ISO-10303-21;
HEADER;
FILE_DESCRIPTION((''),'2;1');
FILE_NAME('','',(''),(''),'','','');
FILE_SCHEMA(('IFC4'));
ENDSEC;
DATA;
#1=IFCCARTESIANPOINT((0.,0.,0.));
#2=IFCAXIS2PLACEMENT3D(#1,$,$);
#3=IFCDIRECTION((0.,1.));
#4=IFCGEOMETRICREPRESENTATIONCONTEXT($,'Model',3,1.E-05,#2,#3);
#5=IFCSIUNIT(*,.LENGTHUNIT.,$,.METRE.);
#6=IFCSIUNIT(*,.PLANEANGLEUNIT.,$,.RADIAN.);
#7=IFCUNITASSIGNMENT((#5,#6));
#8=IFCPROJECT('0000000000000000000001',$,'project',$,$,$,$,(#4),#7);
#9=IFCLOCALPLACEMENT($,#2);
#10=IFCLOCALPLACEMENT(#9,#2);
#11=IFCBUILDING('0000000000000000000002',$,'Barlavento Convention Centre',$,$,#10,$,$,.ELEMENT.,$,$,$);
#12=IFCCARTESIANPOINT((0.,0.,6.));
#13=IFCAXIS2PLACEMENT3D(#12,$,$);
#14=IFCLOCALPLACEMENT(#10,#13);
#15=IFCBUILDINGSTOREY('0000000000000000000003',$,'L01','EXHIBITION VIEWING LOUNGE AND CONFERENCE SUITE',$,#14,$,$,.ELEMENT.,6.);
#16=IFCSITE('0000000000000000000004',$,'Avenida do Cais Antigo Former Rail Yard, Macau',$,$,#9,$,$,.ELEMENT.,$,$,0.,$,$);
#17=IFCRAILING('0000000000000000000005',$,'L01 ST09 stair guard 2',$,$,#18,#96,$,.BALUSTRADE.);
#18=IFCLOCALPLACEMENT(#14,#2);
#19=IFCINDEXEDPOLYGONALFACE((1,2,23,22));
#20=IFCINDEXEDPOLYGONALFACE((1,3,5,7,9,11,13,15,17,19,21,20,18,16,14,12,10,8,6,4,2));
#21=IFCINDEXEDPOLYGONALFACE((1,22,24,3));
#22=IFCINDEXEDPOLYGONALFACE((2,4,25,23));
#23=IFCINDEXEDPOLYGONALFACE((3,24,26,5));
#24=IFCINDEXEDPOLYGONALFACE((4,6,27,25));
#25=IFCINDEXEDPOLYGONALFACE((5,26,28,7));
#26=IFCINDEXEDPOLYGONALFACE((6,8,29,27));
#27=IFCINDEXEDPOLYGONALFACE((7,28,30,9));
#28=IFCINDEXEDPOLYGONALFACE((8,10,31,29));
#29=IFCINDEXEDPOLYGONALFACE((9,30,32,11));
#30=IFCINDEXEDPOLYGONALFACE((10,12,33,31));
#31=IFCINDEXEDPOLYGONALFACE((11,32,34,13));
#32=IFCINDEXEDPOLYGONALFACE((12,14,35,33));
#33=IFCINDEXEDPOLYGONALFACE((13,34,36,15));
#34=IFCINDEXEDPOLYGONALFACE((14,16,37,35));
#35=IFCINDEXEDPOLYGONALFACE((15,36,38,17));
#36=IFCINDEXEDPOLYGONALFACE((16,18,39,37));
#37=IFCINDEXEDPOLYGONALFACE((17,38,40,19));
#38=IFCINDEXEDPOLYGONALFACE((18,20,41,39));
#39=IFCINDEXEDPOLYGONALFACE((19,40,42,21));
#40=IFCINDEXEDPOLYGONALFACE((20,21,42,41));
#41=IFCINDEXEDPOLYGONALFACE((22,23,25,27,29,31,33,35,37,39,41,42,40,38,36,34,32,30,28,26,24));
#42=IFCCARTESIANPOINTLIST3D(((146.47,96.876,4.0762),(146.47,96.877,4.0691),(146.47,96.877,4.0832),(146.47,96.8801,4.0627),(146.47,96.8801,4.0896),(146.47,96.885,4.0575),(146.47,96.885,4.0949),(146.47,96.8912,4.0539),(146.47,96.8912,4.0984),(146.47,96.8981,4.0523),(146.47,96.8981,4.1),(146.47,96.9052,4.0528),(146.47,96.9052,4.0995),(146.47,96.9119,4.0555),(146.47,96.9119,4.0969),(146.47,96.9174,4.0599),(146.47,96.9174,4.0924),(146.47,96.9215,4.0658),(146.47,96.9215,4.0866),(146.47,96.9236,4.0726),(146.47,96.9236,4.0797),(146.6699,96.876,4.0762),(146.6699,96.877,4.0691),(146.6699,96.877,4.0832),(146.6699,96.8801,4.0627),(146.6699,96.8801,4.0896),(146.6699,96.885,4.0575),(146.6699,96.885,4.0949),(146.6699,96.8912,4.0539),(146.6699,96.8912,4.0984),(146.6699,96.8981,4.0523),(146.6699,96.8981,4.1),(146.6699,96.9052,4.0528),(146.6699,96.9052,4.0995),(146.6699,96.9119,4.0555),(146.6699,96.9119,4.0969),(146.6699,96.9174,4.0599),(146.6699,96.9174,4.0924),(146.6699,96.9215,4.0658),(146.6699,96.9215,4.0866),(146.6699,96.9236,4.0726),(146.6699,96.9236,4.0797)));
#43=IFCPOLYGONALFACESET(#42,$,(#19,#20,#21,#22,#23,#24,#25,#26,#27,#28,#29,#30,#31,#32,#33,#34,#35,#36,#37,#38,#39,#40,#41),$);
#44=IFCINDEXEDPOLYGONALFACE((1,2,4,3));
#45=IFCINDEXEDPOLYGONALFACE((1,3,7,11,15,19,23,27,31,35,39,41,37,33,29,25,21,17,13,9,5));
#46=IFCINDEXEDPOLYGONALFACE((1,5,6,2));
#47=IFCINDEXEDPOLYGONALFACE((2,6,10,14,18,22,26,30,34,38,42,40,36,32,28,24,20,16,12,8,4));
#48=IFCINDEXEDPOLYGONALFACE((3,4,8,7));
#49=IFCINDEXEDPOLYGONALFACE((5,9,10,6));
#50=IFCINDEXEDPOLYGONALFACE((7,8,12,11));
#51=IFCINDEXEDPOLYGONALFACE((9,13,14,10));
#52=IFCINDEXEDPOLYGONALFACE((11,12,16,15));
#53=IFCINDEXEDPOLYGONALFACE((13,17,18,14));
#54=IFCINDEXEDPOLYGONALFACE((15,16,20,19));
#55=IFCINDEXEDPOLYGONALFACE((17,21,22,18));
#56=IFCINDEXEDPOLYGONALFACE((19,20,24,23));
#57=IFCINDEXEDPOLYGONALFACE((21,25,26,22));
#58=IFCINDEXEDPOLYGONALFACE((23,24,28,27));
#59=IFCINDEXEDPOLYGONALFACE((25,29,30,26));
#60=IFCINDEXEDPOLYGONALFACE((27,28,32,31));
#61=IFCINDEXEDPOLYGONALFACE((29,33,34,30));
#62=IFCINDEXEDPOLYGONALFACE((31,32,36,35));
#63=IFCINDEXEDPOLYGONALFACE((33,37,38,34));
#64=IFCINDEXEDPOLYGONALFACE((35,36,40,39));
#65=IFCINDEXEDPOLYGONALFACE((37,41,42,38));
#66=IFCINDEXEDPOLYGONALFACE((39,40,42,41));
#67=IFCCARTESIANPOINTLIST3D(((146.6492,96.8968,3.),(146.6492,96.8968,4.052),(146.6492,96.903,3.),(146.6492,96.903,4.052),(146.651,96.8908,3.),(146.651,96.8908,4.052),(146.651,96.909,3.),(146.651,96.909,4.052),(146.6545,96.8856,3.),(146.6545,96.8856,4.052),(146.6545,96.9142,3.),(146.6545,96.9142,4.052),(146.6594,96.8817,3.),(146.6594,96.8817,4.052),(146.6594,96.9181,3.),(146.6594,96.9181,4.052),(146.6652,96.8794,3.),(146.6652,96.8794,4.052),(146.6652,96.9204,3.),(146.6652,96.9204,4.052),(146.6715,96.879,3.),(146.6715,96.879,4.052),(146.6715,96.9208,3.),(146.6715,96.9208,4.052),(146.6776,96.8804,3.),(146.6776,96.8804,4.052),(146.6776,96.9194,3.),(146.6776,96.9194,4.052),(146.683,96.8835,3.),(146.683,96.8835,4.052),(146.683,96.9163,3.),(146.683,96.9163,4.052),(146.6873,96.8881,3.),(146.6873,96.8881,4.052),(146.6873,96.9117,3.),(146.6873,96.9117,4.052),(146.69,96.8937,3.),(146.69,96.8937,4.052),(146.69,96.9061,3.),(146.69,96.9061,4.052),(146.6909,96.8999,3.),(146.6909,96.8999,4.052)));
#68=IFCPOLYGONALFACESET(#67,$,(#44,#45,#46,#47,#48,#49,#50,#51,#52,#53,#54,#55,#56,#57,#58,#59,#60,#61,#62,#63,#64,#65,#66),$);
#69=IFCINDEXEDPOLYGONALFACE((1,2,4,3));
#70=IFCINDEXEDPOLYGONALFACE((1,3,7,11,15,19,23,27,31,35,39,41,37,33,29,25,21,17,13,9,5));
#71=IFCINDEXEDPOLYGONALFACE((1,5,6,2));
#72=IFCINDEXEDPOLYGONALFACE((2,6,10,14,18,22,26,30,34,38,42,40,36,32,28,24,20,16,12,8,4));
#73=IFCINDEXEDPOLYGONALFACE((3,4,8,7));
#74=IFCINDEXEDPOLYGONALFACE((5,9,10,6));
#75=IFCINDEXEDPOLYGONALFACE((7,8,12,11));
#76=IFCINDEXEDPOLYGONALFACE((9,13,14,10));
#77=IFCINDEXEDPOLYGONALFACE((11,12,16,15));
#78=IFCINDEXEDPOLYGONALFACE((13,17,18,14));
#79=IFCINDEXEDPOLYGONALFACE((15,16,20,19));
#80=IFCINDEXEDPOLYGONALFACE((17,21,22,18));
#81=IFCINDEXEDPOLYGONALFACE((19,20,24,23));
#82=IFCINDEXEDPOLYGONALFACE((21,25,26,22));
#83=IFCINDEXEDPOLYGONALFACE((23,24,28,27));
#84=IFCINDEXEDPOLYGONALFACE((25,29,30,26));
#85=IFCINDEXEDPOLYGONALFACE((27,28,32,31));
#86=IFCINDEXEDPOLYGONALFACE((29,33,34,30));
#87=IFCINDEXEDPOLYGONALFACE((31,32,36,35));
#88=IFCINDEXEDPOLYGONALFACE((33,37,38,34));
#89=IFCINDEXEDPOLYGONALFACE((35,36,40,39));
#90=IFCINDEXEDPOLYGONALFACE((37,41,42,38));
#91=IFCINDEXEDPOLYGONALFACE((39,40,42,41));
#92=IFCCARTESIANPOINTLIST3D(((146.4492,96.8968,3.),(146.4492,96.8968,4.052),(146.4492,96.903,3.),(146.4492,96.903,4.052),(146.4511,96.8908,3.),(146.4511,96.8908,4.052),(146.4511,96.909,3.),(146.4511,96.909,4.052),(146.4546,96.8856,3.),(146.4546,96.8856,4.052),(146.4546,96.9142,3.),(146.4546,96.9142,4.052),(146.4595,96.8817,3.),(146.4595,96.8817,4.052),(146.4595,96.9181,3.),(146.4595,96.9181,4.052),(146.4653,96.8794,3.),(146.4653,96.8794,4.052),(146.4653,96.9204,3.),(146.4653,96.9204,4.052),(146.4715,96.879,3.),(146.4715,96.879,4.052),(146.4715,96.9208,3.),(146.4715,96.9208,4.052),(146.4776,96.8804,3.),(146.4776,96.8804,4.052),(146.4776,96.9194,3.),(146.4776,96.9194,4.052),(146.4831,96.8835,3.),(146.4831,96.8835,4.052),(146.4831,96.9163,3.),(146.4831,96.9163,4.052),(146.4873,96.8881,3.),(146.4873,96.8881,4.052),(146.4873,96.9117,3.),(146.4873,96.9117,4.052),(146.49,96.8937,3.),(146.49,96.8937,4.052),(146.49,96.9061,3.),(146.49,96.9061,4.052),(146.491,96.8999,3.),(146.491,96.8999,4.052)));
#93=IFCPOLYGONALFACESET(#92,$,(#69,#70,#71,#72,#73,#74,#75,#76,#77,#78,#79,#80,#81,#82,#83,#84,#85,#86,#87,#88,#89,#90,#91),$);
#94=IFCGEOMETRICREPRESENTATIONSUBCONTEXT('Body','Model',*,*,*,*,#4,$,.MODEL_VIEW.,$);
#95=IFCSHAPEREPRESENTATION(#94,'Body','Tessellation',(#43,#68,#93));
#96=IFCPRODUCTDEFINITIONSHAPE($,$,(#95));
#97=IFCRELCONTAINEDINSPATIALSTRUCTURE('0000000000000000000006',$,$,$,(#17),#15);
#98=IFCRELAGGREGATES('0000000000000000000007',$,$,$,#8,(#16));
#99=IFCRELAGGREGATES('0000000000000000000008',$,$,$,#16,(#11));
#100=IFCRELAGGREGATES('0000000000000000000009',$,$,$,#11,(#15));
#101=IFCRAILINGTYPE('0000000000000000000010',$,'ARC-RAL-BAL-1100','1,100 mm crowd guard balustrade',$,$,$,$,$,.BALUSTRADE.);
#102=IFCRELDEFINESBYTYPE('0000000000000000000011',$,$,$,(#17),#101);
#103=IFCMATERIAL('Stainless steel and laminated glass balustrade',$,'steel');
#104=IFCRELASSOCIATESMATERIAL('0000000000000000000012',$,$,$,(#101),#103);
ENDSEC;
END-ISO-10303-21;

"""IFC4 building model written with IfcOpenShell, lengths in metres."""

from ifc_helpers import new_model, si_unit, direction, frame, origin, origin_2d, place, context, subcontext, project, spatial, circle, extrude, material, type_object, element, save


model = new_model("IFC4")

# Units and contexts
model_context = context("Model", 3, precision=1e-05, world=origin(), true_north=direction((0.0, 1.0)))
body_context = subcontext(model_context, "Body", "Model", "MODEL_VIEW")
ifc_project = project(units=[si_unit("LENGTHUNIT", "METRE"), si_unit("PLANEANGLEUNIT", "RADIAN")], contexts=[model_context])

# Site, building, storey
site_placement = place(None, origin())
site = spatial("IfcSite", under=ifc_project, at=site_placement, Name="Avenida do Cais Antigo Former Rail Yard, Macau", CompositionType="ELEMENT", RefElevation=0.0)
building_placement = place(site_placement, origin())
building = spatial("IfcBuilding", under=site, at=building_placement, Name="Barlavento Convention Centre", CompositionType="ELEMENT")
storey_placement = place(building_placement, frame((0.0, 0.0, 6.0)))
storey = spatial("IfcBuildingStorey", under=building, at=storey_placement, Name="L01", Description="EXHIBITION VIEWING LOUNGE AND CONFERENCE SUITE", CompositionType="ELEMENT", Elevation=6.0)

# Railing
ifc_material_1 = material(Name="Stainless steel and laminated glass balustrade", Category="steel")
railing_type_1 = type_object("IfcRailingType", Name="ARC-RAL-BAL-1100", Description="1,100 mm crowd guard balustrade", PredefinedType="BALUSTRADE", material=ifc_material_1)
railing_1_placement = place(storey_placement, frame((146.6699, 96.8999, 3.0)))
element("IfcRailing", 1, at=railing_1_placement, inside=storey, type_object=railing_type_1, Name="L01 ST09 stair guard 2", PredefinedType="BALUSTRADE", context=body_context, shape_type="SweptSolid", body=[
    extrude(circle(Radius=0.0239, at=origin_2d()), frame((0.0, 0.0, 1.0762), z_axis=(-1.0, 0.0, 0.0), x_axis=(0.0, -1.0, 0.0)), (0.0, 0.0, 1.0), 0.2),
    extrude(circle(Radius=0.021, at=origin_2d()), origin(), (0.0, 0.0, 1.0), 1.052),
    extrude(circle(Radius=0.021, at=origin_2d()), frame((-0.2, 0.0, 0.0)), (0.0, 0.0, 1.0), 1.052),
])

save(model, "model.ifc")
